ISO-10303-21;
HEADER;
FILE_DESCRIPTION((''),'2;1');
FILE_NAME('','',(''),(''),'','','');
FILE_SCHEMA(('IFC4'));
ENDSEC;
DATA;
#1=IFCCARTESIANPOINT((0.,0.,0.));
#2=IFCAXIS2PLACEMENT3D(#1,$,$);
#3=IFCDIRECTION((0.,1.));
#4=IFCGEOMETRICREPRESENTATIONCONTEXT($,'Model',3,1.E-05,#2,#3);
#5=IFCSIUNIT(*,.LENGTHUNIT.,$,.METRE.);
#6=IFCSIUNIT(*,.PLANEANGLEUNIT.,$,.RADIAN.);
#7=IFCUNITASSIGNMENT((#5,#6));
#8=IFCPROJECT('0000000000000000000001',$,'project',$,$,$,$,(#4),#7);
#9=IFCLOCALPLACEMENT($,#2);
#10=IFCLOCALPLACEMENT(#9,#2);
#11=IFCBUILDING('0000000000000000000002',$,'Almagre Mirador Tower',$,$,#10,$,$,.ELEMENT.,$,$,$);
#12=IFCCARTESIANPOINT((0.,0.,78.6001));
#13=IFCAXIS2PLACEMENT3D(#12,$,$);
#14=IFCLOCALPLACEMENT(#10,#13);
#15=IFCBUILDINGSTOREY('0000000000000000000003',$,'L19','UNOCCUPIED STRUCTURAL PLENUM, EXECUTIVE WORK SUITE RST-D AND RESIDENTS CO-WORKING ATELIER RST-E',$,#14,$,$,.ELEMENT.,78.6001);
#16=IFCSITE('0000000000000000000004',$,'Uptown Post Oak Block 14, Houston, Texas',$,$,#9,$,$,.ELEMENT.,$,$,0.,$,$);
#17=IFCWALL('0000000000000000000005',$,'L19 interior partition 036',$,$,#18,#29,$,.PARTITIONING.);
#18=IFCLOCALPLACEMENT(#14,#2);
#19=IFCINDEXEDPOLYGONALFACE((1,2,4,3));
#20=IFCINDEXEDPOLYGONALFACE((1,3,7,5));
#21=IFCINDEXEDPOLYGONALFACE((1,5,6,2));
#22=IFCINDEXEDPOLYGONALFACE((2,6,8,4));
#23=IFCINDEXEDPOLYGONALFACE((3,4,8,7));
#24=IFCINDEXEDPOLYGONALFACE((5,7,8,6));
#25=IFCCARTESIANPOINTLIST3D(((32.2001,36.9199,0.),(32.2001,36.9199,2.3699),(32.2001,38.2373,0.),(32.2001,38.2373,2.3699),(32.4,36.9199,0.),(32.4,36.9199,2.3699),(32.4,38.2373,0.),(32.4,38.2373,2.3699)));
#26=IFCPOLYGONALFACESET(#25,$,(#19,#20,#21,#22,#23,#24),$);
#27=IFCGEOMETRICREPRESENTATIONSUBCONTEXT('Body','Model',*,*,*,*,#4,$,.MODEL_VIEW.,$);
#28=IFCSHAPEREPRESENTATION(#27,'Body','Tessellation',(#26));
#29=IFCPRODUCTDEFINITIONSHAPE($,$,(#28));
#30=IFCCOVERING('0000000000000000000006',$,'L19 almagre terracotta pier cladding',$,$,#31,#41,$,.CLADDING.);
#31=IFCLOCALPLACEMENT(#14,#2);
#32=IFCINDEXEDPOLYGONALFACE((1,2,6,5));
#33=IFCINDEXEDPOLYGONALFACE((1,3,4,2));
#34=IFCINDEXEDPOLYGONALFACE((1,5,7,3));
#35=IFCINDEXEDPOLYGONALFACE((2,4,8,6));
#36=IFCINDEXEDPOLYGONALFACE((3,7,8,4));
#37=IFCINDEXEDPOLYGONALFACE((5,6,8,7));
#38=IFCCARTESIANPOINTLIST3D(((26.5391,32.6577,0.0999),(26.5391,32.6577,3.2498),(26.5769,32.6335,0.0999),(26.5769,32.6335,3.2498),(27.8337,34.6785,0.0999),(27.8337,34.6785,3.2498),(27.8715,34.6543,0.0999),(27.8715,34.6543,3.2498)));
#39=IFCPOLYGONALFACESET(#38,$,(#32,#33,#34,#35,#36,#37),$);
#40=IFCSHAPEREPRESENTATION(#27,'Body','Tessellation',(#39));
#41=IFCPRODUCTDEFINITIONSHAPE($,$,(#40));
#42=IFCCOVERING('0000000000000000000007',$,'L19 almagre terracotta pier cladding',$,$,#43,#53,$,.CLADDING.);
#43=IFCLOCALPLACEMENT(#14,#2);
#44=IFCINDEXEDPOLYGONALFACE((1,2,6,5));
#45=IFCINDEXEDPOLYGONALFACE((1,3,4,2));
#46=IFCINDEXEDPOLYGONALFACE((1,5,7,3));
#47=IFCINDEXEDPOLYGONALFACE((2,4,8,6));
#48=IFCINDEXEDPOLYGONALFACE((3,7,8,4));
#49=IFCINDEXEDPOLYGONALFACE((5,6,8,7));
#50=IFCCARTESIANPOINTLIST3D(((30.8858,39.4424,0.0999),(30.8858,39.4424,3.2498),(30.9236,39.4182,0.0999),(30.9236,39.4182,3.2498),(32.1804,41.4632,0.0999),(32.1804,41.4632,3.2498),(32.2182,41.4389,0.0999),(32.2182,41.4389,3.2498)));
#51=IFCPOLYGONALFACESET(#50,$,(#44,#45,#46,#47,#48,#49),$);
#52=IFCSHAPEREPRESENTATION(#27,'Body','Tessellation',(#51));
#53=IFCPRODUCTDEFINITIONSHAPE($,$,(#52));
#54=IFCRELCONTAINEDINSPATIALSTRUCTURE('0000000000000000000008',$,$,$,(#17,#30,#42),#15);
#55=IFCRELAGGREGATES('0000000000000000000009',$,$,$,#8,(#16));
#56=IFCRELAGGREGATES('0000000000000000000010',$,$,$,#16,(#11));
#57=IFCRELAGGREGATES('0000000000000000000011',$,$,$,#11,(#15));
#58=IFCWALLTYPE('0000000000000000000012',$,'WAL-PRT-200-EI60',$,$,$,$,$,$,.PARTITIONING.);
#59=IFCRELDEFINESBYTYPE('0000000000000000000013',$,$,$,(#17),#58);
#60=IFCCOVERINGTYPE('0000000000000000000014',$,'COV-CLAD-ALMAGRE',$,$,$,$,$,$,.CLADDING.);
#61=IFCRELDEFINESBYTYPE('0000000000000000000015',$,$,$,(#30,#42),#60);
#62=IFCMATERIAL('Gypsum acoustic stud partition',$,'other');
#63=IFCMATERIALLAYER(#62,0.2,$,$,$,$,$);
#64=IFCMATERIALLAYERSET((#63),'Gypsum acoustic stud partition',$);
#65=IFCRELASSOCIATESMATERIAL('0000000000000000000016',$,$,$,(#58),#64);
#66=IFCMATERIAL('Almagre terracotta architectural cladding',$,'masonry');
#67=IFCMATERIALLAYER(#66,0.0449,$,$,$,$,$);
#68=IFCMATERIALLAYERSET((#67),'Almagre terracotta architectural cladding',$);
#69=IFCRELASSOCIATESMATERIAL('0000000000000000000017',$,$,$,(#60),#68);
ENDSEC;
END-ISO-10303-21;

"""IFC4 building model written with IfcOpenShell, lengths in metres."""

from ifc_helpers import new_model, si_unit, direction, frame, frame_2d, origin, origin_2d, place, context, subcontext, project, spatial, rectangle, extrude, material, layer, layer_set, type_object, element, save


model = new_model("IFC4")

# Units and contexts
model_context = context("Model", 3, precision=1e-05, world=origin(), true_north=direction((0.0, 1.0)))
body_context = subcontext(model_context, "Body", "Model", "MODEL_VIEW")
ifc_project = project(units=[si_unit("LENGTHUNIT", "METRE"), si_unit("PLANEANGLEUNIT", "RADIAN")], contexts=[model_context])

# Site, building, storey
site_placement = place(None, origin())
site = spatial("IfcSite", under=ifc_project, at=site_placement, Name="Uptown Post Oak Block 14, Houston, Texas", CompositionType="ELEMENT", RefElevation=0.0)
building_placement = place(site_placement, origin())
building = spatial("IfcBuilding", under=site, at=building_placement, Name="Almagre Mirador Tower", CompositionType="ELEMENT")
storey_placement = place(building_placement, frame((0.0, 0.0, 78.6001)))
storey = spatial("IfcBuildingStorey", under=building, at=storey_placement, Name="L19", Description="UNOCCUPIED STRUCTURAL PLENUM, EXECUTIVE WORK SUITE RST-D AND RESIDENTS CO-WORKING ATELIER RST-E", CompositionType="ELEMENT", Elevation=78.6001)

# Wall
ifc_material_1 = material(Name="Gypsum acoustic stud partition", Category="other")
ifc_layer_1 = layer(ifc_material_1, 0.2)
ifc_layer_set_1 = layer_set([ifc_layer_1], Name="Gypsum acoustic stud partition")
wall_type_1 = type_object("IfcWallType", Name="WAL-PRT-200-EI60", PredefinedType="PARTITIONING", material=ifc_layer_set_1)
wall_1_placement = place(storey_placement, frame((32.3, 36.9199, 0.0), z_axis=(0.0, 0.0, 1.0), x_axis=(0.0, 1.0, 0.0)))
element("IfcWall", 1, at=wall_1_placement, inside=storey, type_object=wall_type_1, Name="L19 interior partition 036", PredefinedType="PARTITIONING", context=body_context, shape_type="SweptSolid", body=[
    extrude(rectangle(XDim=1.3174, YDim=0.2, at=frame_2d((0.6587, 0.0))), origin(), (0.0, 0.0, 1.0), 2.3699),
])

# Coverings
ifc_material_2 = material(Name="Almagre terracotta architectural cladding", Category="masonry")
ifc_layer_2 = layer(ifc_material_2, 0.0449)
ifc_layer_set_2 = layer_set([ifc_layer_2], Name="Almagre terracotta architectural cladding")
covering_type = type_object("IfcCoveringType", Name="COV-CLAD-ALMAGRE", PredefinedType="CLADDING", material=ifc_layer_set_2)
for number, where, z_axis, x_axis, name in (
    (2, (27.2053, 33.656, 0.0999), (0.0, 0.0, 1.0), (0.539447, 0.84202, 0.0), "L19 almagre terracotta pier cladding"),
    (3, (31.552, 40.4407, 0.0999), (0.0, 0.0, 1.0), (0.539462, 0.84201, 0.0), "L19 almagre terracotta pier cladding"),
):
    element("IfcCovering", number, at=place(storey_placement, frame(where, z_axis=z_axis, x_axis=x_axis)), inside=storey, type_object=covering_type, Name=name, PredefinedType="CLADDING", context=body_context, shape_type="SweptSolid", body=[
        extrude(rectangle(XDim=2.3999, YDim=0.0449, at=origin_2d()), origin(), (0.0, 0.0, 1.0), 3.1499),
    ])

save(model, "model.ifc")
